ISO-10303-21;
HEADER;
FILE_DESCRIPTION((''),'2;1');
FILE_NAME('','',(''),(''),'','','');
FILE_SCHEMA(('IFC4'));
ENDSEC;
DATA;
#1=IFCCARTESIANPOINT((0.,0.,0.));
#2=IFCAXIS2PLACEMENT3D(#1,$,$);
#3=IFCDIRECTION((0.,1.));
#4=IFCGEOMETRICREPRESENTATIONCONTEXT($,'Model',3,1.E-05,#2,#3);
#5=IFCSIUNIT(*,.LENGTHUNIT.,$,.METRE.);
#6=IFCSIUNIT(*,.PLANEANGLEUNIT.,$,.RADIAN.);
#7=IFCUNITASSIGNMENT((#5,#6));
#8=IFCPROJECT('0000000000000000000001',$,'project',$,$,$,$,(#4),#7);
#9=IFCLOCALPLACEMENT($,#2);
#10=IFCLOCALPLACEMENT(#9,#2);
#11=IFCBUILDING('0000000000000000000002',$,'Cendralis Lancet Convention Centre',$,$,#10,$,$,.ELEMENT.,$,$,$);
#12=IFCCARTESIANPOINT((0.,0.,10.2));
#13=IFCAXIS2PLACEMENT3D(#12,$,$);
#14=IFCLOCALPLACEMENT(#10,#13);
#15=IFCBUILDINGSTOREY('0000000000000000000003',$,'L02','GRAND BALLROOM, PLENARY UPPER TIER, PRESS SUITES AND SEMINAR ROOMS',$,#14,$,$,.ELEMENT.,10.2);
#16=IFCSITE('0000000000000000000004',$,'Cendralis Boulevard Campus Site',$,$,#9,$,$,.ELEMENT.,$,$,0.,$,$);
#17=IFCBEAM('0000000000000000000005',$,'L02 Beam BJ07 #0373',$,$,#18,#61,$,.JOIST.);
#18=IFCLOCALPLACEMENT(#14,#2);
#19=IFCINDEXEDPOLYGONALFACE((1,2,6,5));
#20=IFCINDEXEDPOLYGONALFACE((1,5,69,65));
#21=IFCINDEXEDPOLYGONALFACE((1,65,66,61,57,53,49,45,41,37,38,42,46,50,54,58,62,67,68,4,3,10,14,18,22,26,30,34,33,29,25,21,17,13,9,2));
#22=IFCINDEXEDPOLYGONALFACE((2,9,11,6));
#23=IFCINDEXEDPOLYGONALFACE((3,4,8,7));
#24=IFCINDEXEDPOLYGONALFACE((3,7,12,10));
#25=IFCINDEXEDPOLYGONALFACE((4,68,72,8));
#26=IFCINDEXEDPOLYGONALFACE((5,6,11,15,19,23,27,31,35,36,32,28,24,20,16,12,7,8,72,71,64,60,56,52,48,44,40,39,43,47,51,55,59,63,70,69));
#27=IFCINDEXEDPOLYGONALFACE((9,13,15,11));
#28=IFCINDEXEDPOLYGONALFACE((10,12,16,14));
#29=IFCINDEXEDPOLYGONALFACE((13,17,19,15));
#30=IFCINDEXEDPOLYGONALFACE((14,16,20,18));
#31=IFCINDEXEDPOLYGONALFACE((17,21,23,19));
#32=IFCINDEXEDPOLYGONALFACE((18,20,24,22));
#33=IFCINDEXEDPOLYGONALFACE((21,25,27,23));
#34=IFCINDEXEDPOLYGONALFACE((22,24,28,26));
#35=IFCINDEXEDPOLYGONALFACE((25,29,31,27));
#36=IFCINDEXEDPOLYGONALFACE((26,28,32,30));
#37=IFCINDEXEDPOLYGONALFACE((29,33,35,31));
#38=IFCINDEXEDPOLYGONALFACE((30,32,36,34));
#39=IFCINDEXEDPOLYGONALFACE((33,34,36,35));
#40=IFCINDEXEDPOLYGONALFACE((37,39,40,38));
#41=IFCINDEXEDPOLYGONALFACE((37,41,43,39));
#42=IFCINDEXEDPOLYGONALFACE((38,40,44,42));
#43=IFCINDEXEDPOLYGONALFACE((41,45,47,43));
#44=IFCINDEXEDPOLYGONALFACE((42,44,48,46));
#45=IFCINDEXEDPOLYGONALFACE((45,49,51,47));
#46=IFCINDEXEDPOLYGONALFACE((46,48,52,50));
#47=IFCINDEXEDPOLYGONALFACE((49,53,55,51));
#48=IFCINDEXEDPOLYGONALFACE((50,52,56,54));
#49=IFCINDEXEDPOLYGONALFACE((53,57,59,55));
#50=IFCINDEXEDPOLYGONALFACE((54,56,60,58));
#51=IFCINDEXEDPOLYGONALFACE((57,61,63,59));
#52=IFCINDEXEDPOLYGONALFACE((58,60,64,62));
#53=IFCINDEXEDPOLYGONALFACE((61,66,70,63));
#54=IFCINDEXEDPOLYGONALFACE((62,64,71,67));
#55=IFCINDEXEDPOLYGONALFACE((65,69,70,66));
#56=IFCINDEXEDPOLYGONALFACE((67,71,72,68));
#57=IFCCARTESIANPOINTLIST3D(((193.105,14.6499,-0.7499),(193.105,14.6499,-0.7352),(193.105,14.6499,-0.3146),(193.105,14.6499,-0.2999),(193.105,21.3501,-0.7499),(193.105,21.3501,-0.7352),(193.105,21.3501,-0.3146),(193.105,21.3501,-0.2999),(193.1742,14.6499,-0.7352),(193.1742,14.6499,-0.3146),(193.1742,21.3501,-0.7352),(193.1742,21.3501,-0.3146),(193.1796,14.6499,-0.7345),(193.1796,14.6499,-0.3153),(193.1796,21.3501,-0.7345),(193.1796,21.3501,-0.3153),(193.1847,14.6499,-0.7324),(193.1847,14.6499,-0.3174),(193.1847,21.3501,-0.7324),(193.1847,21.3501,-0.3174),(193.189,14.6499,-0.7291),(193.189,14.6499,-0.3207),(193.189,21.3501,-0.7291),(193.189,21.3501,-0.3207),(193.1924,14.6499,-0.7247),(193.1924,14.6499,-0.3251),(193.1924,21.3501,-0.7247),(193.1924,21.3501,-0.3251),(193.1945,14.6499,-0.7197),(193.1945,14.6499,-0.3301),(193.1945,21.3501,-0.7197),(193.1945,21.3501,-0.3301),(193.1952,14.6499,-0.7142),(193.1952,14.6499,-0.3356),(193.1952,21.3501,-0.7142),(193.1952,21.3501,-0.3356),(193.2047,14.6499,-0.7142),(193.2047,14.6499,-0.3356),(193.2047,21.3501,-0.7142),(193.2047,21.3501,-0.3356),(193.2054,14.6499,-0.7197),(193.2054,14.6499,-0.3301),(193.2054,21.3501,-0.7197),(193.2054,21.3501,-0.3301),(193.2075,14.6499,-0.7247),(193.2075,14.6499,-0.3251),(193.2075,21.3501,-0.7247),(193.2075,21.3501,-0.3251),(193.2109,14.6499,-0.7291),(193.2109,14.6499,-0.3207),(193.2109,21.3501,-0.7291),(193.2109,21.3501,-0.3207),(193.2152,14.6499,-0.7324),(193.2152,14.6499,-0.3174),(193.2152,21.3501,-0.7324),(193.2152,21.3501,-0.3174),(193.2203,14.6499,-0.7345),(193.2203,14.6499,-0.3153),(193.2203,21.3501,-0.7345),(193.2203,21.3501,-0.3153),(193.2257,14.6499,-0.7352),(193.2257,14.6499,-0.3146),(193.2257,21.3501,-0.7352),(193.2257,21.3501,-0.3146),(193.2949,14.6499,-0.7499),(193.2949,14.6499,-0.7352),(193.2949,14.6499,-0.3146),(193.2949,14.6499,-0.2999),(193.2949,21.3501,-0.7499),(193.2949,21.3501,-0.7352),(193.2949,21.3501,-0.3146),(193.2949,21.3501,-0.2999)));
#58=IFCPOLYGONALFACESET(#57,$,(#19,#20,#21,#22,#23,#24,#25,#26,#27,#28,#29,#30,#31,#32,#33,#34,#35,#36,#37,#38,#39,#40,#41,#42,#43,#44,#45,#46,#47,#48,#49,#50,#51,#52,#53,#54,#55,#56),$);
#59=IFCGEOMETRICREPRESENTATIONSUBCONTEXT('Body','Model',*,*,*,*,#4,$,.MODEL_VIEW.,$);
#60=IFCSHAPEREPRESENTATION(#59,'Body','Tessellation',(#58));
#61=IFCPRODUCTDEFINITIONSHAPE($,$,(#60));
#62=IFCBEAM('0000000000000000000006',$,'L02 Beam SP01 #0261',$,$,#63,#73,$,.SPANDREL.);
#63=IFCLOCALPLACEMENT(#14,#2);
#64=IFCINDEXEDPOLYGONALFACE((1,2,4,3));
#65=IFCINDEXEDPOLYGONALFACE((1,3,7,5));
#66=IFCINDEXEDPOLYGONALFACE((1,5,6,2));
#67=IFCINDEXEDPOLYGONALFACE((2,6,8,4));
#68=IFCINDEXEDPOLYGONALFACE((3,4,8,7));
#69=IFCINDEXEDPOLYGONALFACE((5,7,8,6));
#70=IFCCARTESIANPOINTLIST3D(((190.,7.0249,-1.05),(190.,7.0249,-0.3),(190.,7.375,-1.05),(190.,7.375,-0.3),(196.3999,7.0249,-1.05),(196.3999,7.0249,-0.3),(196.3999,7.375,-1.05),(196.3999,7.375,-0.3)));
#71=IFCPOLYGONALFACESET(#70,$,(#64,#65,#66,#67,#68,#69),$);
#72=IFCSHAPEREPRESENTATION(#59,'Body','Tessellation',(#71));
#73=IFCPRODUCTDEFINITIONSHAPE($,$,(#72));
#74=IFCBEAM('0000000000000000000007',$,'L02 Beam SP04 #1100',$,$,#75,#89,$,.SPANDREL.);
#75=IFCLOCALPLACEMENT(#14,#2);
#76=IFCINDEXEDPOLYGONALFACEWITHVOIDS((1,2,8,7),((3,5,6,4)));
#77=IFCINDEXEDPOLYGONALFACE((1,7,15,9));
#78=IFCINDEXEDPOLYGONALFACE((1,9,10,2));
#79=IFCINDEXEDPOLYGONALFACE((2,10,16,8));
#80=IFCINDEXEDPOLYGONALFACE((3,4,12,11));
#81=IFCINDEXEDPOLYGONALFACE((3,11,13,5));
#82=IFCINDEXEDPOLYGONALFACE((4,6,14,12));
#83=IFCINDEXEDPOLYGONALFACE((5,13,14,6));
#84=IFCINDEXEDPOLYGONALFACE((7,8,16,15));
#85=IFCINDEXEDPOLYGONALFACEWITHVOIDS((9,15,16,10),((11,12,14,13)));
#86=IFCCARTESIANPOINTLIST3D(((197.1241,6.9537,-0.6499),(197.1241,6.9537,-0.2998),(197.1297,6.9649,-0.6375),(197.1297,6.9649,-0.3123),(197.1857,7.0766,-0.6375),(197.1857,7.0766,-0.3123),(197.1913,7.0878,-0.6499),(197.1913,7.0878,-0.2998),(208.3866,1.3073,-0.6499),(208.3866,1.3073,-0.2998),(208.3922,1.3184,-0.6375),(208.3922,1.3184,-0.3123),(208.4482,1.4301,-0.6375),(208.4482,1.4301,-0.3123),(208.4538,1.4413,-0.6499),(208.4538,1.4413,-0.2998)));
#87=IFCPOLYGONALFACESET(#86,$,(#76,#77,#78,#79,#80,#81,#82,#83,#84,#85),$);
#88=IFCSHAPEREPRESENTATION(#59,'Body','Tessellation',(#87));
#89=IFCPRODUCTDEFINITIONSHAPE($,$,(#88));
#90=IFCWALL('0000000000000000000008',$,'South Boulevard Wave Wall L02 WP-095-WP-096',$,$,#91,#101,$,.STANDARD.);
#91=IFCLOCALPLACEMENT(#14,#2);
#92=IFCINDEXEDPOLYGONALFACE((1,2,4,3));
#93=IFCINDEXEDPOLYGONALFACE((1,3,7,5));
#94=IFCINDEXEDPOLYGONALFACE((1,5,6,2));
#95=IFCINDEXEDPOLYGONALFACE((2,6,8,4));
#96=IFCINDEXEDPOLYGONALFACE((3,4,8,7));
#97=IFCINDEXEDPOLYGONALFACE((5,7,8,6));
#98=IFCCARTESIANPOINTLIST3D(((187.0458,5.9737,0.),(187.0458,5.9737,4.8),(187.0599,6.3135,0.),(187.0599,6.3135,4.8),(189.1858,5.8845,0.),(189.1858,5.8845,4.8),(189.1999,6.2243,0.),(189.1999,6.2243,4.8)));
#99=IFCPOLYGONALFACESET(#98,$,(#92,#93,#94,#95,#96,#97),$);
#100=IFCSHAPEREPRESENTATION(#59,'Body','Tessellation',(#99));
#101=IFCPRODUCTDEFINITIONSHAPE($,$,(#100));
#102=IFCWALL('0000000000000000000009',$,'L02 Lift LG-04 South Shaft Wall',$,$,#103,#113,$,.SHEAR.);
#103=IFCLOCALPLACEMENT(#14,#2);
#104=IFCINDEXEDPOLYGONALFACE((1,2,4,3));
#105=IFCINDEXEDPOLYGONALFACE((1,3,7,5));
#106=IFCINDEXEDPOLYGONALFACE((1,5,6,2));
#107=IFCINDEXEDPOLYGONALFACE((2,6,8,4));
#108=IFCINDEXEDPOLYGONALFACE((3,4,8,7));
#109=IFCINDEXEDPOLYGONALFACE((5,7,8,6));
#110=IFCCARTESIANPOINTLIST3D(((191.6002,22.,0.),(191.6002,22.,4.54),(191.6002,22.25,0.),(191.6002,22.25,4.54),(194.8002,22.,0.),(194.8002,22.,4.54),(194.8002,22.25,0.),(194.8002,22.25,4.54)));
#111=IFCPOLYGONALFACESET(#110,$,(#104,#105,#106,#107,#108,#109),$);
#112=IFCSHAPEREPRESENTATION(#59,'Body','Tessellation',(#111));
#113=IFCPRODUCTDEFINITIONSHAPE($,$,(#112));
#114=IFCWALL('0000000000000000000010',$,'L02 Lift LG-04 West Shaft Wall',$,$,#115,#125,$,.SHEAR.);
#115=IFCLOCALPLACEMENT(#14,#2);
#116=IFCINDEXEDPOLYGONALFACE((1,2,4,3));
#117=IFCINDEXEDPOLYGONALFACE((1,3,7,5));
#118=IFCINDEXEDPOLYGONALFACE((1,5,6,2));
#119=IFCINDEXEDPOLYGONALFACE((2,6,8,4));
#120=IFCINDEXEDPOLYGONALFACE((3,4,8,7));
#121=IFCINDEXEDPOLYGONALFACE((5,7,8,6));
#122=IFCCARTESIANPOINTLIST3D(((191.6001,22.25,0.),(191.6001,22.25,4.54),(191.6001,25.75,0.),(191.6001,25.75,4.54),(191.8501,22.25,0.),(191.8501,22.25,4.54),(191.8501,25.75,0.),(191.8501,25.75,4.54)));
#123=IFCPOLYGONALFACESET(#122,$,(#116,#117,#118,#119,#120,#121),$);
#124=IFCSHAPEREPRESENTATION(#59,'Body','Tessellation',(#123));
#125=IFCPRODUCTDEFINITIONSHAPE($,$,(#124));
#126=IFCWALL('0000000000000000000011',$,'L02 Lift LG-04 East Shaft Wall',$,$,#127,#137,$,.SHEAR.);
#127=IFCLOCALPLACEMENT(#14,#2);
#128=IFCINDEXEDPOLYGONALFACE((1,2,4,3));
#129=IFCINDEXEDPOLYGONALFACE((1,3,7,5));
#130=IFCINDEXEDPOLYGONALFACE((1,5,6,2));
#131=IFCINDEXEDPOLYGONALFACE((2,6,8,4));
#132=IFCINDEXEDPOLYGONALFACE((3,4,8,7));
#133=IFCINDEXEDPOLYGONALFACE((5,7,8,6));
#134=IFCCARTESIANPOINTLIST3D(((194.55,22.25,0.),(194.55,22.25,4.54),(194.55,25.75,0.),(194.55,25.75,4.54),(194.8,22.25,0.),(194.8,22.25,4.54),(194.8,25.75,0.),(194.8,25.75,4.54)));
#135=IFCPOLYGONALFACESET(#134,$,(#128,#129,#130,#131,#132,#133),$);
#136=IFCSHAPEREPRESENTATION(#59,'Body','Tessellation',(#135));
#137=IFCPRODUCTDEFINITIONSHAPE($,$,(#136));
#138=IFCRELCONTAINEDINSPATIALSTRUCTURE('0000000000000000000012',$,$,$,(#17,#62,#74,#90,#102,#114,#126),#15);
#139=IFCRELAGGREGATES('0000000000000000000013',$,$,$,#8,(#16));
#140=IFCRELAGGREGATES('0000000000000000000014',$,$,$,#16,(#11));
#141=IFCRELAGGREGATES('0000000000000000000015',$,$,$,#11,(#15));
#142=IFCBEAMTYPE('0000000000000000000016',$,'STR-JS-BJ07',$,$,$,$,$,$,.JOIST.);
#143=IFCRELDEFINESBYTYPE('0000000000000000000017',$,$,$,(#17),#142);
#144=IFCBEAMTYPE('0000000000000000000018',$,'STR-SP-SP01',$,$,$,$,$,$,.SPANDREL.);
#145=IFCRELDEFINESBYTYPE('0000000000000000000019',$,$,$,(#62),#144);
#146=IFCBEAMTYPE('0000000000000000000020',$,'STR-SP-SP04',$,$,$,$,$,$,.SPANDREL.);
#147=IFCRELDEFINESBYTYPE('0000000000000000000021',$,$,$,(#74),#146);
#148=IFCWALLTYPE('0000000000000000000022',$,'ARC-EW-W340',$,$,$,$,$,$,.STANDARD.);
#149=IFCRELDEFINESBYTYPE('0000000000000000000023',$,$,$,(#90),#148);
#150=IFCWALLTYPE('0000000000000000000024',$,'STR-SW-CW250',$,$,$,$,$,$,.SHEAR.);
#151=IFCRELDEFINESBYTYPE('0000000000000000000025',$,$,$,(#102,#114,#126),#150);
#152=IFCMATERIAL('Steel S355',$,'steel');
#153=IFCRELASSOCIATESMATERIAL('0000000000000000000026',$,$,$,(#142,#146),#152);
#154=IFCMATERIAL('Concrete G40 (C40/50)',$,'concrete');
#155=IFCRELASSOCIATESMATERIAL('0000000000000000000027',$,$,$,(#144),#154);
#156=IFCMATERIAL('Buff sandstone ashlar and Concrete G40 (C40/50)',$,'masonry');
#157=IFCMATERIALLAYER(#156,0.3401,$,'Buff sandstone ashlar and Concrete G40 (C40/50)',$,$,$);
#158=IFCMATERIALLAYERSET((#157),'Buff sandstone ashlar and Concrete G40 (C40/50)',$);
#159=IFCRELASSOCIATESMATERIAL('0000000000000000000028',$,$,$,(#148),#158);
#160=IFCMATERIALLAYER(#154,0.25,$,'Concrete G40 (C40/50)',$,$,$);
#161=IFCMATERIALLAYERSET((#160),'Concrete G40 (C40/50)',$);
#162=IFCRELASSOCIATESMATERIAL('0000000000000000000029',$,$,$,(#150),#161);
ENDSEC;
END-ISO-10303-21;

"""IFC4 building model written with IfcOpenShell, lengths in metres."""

from ifc_helpers import new_model, si_unit, direction, frame, frame_2d, origin, origin_2d, place, context, subcontext, project, spatial, rectangle, hollow_rectangle, i_section, extrude, material, layer, layer_set, material_profile, profile_set, type_object, element, save


model = new_model("IFC4")

# Units and contexts
model_context = context("Model", 3, precision=1e-05, world=origin(), true_north=direction((0.0, 1.0)))
body_context = subcontext(model_context, "Body", "Model", "MODEL_VIEW")
ifc_project = project(units=[si_unit("LENGTHUNIT", "METRE"), si_unit("PLANEANGLEUNIT", "RADIAN")], contexts=[model_context])

# Site, building, storey
site_placement = place(None, origin())
site = spatial("IfcSite", under=ifc_project, at=site_placement, Name="Cendralis Boulevard Campus Site", CompositionType="ELEMENT", RefElevation=0.0)
building_placement = place(site_placement, origin())
building = spatial("IfcBuilding", under=site, at=building_placement, Name="Cendralis Lancet Convention Centre", CompositionType="ELEMENT")
storey_placement = place(building_placement, frame((0.0, 0.0, 10.2)))
storey = spatial("IfcBuildingStorey", under=building, at=storey_placement, Name="L02", Description="GRAND BALLROOM, PLENARY UPPER TIER, PRESS SUITES AND SEMINAR ROOMS", CompositionType="ELEMENT", Elevation=10.2)

# Shared definitions
ifc_material_1 = material(Name="Concrete G40 (C40/50)", Category="concrete")

# Beams
ifc_material_2 = material(Name="Steel S355", Category="steel")
ifc_material_profile_1 = material_profile(ifc_material_2, i_section(OverallWidth=0.1899, OverallDepth=0.45, WebThickness=0.0095, FlangeThickness=0.0146, FilletRadius=0.021, at=origin_2d()), Name="IPE 450")
ifc_profile_set_1 = profile_set([ifc_material_profile_1], Name="Steel S355")
beam_type_1 = type_object("IfcBeamType", Name="STR-JS-BJ07", PredefinedType="JOIST", material=ifc_profile_set_1)
beam_1_placement = place(storey_placement, frame((193.2, 14.6499, -0.5249), z_axis=(0.0, 1.0, 0.0), x_axis=(-1.0, 0.0, 0.0)))
element("IfcBeam", 1, at=beam_1_placement, inside=storey, type_object=beam_type_1, Name="L02 Beam BJ07 #0373", PredefinedType="JOIST", context=body_context, shape_type="SweptSolid", body=[
    extrude(i_section(OverallWidth=0.1899, OverallDepth=0.45, WebThickness=0.0095, FlangeThickness=0.0146, FilletRadius=0.021, at=origin_2d()), origin(), (0.0, 0.0, 1.0), 6.7002),
])
ifc_material_profile_2 = material_profile(ifc_material_1, rectangle(XDim=0.3501, YDim=0.75, at=origin_2d()), Name="RCB 350x750")
ifc_profile_set_2 = profile_set([ifc_material_profile_2], Name="Concrete G40 (C40/50)")
beam_type_2 = type_object("IfcBeamType", Name="STR-SP-SP01", PredefinedType="SPANDREL", material=ifc_profile_set_2)
beam_2_placement = place(storey_placement, frame((190.0, 7.2, -0.675), z_axis=(1.0, 0.0, 0.0), x_axis=(0.0, 1.0, 0.0)))
element("IfcBeam", 2, at=beam_2_placement, inside=storey, type_object=beam_type_2, Name="L02 Beam SP01 #0261", PredefinedType="SPANDREL", context=body_context, shape_type="SweptSolid", body=[
    extrude(rectangle(XDim=0.3501, YDim=0.75, at=origin_2d()), origin(), (0.0, 0.0, 1.0), 6.3999),
])
ifc_material_profile_3 = material_profile(ifc_material_2, hollow_rectangle(XDim=0.1499, YDim=0.3501, WallThickness=0.0125, at=origin_2d()), Name="RHS 350x150x12.5")
ifc_profile_set_3 = profile_set([ifc_material_profile_3], Name="Steel S355")
beam_type_3 = type_object("IfcBeamType", Name="STR-SP-SP04", PredefinedType="SPANDREL", material=ifc_profile_set_3)
beam_3_placement = place(storey_placement, frame((197.1577, 7.0208, -0.4749), z_axis=(0.893942, -0.448182, 0.0), x_axis=(0.448182, 0.893942, 0.0)))
element("IfcBeam", 3, at=beam_3_placement, inside=storey, type_object=beam_type_3, Name="L02 Beam SP04 #1100", PredefinedType="SPANDREL", context=body_context, shape_type="SweptSolid", body=[
    extrude(hollow_rectangle(XDim=0.1499, YDim=0.3501, WallThickness=0.0125, at=origin_2d()), origin(), (0.0, 0.0, 1.0), 12.5986),
])

# Walls
ifc_material_3 = material(Name="Buff sandstone ashlar and Concrete G40 (C40/50)", Category="masonry")
ifc_layer_1 = layer(ifc_material_3, 0.3401, Name="Buff sandstone ashlar and Concrete G40 (C40/50)")
ifc_layer_set_1 = layer_set([ifc_layer_1], Name="Buff sandstone ashlar and Concrete G40 (C40/50)")
wall_type_1 = type_object("IfcWallType", Name="ARC-EW-W340", PredefinedType="STANDARD", material=ifc_layer_set_1)
wall_1_placement = place(storey_placement, frame((187.053, 6.1436, 0.0), z_axis=(0.0, 0.0, 1.0), x_axis=(0.999134, -0.041607, 0.0)))
element("IfcWall", 4, at=wall_1_placement, inside=storey, type_object=wall_type_1, Name="South Boulevard Wave Wall L02 WP-095-WP-096", PredefinedType="STANDARD", context=body_context, shape_type="SweptSolid", body=[
    extrude(rectangle(XDim=2.1418, YDim=0.3401, at=frame_2d((1.0708, 0.0))), origin(), (0.0, 0.0, 1.0), 4.8),
])
ifc_layer_2 = layer(ifc_material_1, 0.25, Name="Concrete G40 (C40/50)")
ifc_layer_set_2 = layer_set([ifc_layer_2], Name="Concrete G40 (C40/50)")
wall_type_2 = type_object("IfcWallType", Name="STR-SW-CW250", PredefinedType="SHEAR", material=ifc_layer_set_2)
wall_2_placement = place(storey_placement, frame((191.6001, 22.125, 0.0), z_axis=(0.0, 0.0, 1.0), x_axis=(1.0, 0.0, 0.0)))
element("IfcWall", 5, at=wall_2_placement, inside=storey, type_object=wall_type_2, Name="L02 Lift LG-04 South Shaft Wall", PredefinedType="SHEAR", context=body_context, shape_type="SweptSolid", body=[
    extrude(rectangle(XDim=3.2, YDim=0.25, at=frame_2d((1.6001, 0.0))), origin(), (0.0, 0.0, 1.0), 4.54),
])
for number, where, z_axis, x_axis, name in (
    (6, (191.7251, 22.25, 0.0), (0.0, 0.0, 1.0), (0.0, 1.0, 0.0), "L02 Lift LG-04 West Shaft Wall"),
    (7, (194.675, 22.25, 0.0), (0.0, 0.0, 1.0), (0.0, 1.0, 0.0), "L02 Lift LG-04 East Shaft Wall"),
):
    element("IfcWall", number, at=place(storey_placement, frame(where, z_axis=z_axis, x_axis=x_axis)), inside=storey, type_object=wall_type_2, Name=name, PredefinedType="SHEAR", context=body_context, shape_type="SweptSolid", body=[
        extrude(rectangle(XDim=3.5, YDim=0.25, at=frame_2d((1.75, 0.0))), origin(), (0.0, 0.0, 1.0), 4.54),
    ])

save(model, "model.ifc")
